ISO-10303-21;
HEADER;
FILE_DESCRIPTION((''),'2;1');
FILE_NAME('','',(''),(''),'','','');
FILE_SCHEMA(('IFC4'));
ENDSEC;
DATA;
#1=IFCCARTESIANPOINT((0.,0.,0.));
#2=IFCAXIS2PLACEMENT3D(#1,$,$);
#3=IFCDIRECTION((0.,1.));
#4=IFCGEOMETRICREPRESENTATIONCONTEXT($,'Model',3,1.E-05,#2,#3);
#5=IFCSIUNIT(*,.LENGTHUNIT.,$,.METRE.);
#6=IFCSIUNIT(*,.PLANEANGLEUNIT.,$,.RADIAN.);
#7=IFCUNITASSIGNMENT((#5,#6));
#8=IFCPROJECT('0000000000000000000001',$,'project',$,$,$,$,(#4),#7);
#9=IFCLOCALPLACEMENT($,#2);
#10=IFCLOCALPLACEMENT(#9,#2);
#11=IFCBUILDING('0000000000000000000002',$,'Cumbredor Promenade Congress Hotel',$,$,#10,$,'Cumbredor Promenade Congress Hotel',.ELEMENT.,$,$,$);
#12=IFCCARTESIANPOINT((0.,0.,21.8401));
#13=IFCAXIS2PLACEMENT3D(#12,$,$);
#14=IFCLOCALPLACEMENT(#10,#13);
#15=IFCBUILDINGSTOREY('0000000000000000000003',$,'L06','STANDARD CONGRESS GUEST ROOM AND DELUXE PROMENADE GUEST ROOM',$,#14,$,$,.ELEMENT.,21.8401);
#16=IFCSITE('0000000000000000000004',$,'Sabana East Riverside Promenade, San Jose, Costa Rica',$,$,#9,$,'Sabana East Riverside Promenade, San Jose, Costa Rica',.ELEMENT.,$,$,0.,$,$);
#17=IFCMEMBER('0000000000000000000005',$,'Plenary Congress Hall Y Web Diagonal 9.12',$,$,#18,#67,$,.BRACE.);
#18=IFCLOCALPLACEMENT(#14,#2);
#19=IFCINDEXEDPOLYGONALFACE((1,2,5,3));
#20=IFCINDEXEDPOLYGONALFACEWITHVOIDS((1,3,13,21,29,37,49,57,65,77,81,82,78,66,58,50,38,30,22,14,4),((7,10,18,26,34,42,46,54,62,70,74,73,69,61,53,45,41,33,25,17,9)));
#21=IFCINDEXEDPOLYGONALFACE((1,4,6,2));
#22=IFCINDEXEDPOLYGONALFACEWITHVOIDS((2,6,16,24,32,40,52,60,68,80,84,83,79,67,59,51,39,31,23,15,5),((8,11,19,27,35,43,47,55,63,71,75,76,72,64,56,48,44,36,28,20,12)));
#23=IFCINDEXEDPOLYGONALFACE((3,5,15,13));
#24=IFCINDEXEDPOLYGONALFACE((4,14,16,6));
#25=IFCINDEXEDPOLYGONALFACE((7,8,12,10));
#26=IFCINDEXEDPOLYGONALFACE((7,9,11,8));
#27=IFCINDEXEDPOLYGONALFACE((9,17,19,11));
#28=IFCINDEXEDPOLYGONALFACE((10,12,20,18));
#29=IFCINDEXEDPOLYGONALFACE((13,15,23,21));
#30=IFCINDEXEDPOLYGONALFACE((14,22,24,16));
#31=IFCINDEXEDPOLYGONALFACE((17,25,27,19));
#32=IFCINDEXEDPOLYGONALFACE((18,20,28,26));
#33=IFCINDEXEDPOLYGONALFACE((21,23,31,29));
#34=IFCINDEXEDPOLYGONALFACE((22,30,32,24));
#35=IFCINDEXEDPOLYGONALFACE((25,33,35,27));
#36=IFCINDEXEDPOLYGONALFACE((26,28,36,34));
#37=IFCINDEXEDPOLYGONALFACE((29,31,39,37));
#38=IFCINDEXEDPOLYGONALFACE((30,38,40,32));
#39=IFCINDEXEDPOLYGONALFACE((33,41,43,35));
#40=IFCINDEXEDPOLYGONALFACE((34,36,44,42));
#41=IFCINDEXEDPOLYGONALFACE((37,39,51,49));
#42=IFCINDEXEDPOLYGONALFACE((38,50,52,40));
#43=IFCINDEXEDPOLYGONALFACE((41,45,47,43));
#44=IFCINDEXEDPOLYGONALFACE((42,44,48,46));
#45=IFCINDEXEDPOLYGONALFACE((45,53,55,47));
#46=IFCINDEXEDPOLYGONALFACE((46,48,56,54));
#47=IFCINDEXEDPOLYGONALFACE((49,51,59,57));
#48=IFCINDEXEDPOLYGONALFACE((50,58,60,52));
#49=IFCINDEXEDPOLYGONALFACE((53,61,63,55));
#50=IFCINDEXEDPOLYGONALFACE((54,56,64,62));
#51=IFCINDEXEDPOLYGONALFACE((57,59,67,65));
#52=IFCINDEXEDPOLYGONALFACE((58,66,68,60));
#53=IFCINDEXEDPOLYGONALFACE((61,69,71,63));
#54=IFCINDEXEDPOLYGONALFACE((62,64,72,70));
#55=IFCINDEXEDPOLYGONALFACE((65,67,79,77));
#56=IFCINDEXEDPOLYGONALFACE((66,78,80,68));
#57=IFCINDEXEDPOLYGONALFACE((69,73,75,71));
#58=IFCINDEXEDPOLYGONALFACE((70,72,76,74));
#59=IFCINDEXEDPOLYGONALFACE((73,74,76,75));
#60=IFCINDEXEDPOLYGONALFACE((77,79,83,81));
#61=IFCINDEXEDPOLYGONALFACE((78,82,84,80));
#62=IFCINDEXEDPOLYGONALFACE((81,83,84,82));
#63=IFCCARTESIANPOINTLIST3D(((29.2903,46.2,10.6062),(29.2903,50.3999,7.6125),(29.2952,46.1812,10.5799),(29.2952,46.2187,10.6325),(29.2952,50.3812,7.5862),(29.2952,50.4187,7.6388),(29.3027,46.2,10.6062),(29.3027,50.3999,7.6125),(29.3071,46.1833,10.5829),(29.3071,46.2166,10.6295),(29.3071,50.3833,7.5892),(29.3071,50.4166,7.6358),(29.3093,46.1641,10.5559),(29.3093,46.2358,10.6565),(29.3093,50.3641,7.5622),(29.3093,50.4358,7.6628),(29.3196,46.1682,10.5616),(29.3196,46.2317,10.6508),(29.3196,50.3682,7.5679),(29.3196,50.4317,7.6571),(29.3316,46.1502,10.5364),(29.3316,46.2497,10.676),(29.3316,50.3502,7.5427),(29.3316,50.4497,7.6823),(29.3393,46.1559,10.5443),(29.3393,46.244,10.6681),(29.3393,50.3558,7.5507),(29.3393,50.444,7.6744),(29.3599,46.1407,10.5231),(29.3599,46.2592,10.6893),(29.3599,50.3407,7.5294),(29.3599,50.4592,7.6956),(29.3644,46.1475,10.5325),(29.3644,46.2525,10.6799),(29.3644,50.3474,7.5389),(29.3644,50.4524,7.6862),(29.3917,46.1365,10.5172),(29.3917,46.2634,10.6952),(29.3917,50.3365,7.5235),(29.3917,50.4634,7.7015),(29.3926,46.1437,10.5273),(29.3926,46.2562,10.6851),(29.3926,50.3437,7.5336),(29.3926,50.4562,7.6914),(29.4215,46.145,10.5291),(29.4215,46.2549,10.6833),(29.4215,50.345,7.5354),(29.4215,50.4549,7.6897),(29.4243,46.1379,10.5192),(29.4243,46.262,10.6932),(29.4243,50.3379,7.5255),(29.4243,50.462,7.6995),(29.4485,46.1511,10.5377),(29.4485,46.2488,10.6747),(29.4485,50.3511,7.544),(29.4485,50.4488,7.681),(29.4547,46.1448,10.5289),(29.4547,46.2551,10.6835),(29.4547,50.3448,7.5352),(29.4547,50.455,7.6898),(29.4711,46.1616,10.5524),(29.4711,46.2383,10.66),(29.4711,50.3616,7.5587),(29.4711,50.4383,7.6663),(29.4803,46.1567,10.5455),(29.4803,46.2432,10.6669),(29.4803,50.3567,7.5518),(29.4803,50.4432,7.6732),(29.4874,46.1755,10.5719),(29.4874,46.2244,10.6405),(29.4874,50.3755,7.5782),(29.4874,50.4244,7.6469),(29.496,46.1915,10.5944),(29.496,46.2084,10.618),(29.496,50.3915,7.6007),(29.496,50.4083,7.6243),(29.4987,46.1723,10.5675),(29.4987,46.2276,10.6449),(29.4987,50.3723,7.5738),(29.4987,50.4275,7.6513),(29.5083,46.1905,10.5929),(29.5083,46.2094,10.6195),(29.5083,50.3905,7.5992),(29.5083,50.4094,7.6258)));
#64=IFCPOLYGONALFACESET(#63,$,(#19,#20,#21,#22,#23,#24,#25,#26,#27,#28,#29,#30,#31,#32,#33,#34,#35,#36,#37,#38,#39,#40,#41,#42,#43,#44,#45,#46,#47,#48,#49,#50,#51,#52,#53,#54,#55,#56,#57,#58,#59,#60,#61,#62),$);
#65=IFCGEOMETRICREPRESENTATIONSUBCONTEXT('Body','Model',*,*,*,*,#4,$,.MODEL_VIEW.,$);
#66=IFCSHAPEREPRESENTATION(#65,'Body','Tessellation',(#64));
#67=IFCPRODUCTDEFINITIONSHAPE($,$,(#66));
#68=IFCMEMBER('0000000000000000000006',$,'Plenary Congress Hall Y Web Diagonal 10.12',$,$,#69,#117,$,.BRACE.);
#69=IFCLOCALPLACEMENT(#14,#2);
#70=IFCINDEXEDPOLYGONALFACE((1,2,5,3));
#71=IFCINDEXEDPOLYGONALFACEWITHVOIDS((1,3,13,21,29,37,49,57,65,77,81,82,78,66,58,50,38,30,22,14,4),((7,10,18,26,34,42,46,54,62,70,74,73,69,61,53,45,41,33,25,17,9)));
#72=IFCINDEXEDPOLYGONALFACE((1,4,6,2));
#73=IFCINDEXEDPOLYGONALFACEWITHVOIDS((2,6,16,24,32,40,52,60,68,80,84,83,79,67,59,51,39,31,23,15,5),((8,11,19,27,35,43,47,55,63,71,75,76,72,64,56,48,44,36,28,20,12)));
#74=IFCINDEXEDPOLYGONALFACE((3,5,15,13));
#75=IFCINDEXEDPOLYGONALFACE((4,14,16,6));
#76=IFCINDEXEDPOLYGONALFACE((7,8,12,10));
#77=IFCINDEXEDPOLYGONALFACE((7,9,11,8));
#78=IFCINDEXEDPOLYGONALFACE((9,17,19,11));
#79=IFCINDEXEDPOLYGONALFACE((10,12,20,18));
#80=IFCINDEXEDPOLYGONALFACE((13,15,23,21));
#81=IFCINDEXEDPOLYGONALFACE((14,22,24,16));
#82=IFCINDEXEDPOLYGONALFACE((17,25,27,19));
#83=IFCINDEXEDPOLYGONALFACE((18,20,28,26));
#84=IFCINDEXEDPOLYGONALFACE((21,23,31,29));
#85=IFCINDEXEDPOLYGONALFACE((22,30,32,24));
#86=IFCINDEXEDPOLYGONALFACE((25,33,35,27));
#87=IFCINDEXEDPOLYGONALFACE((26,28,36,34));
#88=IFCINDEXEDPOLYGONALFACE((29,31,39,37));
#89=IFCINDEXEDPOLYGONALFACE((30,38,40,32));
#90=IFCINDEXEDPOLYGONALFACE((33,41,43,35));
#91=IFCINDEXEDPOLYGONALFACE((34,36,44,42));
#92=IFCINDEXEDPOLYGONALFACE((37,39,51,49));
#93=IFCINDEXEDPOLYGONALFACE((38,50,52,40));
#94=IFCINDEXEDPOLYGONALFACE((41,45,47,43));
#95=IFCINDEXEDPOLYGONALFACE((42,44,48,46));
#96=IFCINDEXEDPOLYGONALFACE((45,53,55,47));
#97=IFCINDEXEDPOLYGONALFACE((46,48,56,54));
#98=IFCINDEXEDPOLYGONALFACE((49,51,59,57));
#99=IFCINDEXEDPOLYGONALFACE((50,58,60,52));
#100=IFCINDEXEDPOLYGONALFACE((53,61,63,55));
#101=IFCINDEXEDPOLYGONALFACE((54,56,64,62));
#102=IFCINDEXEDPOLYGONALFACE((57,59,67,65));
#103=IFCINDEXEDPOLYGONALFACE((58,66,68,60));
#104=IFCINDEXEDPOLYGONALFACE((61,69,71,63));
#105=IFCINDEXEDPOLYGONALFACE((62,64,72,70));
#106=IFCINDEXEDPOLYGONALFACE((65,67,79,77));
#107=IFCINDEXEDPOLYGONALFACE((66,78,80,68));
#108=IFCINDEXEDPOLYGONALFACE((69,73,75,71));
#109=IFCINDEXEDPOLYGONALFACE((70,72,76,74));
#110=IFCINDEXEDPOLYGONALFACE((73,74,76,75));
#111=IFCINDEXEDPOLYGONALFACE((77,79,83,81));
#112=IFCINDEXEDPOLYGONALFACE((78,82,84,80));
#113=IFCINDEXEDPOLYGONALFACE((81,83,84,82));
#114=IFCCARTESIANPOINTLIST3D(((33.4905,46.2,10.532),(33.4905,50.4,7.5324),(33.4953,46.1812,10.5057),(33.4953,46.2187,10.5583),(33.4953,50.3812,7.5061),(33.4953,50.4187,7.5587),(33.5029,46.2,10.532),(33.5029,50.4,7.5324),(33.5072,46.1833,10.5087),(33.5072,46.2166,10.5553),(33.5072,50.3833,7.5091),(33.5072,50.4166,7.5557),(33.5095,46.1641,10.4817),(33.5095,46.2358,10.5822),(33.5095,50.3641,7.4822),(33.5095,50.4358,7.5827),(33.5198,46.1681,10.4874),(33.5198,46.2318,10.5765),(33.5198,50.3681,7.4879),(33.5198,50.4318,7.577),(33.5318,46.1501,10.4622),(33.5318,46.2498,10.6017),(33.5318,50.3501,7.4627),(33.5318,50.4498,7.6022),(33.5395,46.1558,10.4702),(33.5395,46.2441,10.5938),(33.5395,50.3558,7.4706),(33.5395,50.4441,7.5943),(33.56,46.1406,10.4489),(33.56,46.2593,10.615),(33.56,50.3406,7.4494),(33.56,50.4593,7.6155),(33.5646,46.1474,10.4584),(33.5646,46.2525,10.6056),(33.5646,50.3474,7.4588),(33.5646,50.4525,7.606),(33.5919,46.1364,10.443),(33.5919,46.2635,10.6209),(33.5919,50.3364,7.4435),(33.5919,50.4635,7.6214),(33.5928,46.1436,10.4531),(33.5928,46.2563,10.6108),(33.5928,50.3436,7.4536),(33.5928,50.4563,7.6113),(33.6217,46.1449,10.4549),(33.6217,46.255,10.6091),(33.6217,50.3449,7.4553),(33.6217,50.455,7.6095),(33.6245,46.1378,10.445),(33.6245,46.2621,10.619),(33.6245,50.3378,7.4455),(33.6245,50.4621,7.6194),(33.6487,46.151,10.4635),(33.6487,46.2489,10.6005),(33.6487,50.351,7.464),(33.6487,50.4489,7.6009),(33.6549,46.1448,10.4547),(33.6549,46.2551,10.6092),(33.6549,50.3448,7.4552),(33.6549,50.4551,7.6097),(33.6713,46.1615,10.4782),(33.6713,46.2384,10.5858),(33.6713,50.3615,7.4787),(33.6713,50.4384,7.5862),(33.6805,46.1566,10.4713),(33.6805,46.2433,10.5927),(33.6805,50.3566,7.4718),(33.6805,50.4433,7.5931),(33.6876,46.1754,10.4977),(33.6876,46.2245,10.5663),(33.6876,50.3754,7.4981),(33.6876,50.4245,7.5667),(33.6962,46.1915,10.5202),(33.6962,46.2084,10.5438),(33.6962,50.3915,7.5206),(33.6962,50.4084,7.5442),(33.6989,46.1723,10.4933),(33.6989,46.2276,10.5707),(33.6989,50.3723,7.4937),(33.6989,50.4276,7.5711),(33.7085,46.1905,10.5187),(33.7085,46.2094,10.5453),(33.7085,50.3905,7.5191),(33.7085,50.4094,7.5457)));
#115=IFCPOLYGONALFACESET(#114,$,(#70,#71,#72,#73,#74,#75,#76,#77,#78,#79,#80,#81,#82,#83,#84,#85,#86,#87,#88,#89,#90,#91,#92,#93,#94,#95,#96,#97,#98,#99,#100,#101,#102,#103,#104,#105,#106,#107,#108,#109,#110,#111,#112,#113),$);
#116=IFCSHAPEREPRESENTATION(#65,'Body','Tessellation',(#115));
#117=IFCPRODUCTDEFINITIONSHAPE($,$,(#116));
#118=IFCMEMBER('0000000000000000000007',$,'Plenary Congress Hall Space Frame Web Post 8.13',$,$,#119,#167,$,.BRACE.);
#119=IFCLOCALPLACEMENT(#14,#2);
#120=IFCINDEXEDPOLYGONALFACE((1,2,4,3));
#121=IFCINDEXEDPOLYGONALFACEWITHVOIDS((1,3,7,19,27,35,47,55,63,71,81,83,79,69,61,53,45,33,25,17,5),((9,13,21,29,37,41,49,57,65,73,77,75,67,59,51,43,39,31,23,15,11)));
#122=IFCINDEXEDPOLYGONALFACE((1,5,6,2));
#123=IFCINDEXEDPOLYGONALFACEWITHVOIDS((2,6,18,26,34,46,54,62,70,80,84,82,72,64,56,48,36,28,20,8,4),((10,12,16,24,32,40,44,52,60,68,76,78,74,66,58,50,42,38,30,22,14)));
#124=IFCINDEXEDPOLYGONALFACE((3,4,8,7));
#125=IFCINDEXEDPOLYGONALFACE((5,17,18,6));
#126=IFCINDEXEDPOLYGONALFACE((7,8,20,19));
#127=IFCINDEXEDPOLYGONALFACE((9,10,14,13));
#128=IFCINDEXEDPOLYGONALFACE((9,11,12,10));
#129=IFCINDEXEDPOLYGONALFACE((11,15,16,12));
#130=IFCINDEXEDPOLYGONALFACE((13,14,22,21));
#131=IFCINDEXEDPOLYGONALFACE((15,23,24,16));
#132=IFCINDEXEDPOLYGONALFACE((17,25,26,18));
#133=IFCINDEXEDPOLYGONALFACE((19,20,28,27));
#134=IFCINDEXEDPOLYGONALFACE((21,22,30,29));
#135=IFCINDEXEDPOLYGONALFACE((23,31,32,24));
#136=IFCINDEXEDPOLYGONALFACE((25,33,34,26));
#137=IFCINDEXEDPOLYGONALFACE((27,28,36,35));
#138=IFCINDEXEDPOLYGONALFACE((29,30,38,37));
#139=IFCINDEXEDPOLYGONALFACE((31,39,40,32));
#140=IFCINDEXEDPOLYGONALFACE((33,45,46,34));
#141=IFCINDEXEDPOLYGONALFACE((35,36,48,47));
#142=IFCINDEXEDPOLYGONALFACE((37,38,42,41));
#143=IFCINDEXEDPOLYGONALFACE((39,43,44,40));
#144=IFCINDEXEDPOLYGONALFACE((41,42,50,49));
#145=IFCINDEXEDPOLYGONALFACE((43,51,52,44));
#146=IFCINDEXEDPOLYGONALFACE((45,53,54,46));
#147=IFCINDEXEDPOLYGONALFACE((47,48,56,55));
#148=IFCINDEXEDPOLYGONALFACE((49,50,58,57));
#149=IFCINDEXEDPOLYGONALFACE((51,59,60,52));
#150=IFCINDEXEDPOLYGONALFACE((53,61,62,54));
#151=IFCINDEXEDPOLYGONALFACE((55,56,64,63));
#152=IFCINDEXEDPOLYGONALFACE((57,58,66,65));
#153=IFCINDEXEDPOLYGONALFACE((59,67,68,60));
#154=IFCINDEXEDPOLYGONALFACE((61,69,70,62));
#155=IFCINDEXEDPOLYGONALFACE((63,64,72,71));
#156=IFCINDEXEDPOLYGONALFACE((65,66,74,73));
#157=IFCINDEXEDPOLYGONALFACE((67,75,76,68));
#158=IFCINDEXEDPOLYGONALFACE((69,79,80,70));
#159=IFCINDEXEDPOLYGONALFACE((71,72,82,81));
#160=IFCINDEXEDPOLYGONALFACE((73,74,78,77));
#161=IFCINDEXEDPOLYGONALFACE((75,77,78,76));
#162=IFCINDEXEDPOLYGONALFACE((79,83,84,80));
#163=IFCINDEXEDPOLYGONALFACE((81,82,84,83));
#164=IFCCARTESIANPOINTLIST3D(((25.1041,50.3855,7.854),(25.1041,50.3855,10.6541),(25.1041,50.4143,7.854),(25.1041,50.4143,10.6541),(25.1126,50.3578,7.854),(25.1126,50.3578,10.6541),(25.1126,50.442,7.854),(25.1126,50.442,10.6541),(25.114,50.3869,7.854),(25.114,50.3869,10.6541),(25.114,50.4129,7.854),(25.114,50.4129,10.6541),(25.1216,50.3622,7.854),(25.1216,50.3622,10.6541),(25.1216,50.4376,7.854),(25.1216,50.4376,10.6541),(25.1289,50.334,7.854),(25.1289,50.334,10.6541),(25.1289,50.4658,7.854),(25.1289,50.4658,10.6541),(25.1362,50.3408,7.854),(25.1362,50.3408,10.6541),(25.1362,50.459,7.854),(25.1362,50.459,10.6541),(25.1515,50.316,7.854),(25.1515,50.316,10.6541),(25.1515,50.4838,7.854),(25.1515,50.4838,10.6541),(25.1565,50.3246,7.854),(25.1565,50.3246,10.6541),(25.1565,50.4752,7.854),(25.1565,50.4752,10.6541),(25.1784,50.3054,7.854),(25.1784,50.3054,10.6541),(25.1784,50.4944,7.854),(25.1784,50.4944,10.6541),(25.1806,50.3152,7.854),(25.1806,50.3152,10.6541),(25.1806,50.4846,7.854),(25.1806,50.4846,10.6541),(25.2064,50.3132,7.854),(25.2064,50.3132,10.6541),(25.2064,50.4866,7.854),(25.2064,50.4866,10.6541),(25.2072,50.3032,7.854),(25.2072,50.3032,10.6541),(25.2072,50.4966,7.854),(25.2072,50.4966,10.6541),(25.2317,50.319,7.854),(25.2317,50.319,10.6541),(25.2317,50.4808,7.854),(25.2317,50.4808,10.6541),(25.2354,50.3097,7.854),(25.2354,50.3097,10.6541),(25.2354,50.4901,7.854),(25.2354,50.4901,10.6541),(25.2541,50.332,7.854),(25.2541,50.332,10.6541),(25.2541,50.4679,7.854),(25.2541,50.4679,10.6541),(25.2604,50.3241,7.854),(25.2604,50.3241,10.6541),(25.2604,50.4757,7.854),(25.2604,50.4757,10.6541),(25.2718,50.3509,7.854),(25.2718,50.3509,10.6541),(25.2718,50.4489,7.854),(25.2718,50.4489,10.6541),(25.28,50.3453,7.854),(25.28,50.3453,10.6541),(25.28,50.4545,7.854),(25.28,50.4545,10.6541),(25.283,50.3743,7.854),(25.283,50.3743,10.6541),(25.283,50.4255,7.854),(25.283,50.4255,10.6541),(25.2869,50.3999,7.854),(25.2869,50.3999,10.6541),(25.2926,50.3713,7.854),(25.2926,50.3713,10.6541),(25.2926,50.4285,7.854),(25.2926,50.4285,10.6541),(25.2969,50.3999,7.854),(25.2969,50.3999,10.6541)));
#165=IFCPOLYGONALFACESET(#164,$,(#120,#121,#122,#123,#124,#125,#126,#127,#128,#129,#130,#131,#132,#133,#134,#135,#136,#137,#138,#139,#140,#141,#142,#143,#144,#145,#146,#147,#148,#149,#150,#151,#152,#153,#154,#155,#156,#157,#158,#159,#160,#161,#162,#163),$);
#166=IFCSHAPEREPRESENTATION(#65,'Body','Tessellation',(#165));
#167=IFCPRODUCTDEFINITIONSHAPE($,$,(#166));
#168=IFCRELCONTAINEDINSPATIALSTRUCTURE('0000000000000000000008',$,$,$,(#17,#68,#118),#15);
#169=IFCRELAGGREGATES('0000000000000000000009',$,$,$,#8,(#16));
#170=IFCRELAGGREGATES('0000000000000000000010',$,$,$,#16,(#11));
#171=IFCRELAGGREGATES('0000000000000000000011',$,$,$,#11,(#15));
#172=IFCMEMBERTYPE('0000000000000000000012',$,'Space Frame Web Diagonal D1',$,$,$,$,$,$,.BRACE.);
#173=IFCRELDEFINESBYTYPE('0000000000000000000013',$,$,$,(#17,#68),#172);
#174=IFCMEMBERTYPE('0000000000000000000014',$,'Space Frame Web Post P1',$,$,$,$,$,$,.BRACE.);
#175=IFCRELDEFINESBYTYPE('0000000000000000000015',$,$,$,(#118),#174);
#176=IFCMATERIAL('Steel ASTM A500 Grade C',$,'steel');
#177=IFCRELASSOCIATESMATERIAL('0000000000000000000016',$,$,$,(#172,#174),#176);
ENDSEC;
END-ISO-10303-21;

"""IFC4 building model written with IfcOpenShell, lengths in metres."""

from ifc_helpers import new_model, si_unit, direction, frame, origin, origin_2d, place, context, subcontext, project, spatial, hollow_circle, extrude, material, material_profile, profile_set, type_object, element, save


model = new_model("IFC4")

# Units and contexts
model_context = context("Model", 3, precision=1e-05, world=origin(), true_north=direction((0.0, 1.0)))
body_context = subcontext(model_context, "Body", "Model", "MODEL_VIEW")
ifc_project = project(units=[si_unit("LENGTHUNIT", "METRE"), si_unit("PLANEANGLEUNIT", "RADIAN")], contexts=[model_context])

# Site, building, storey
site_placement = place(None, origin())
site = spatial("IfcSite", under=ifc_project, at=site_placement, Name="Sabana East Riverside Promenade, San Jose, Costa Rica", LongName="Sabana East Riverside Promenade, San Jose, Costa Rica", CompositionType="ELEMENT", RefElevation=0.0)
building_placement = place(site_placement, origin())
building = spatial("IfcBuilding", under=site, at=building_placement, Name="Cumbredor Promenade Congress Hotel", LongName="Cumbredor Promenade Congress Hotel", CompositionType="ELEMENT")
storey_placement = place(building_placement, frame((0.0, 0.0, 21.8401)))
storey = spatial("IfcBuildingStorey", under=building, at=storey_placement, Name="L06", Description="STANDARD CONGRESS GUEST ROOM AND DELUXE PROMENADE GUEST ROOM", CompositionType="ELEMENT", Elevation=21.8401)

# Members
ifc_material_1 = material(Name="Steel ASTM A500 Grade C", Category="steel")
ifc_material_profile_1 = material_profile(ifc_material_1, hollow_circle(Radius=0.1096, WallThickness=0.0125, at=origin_2d()), Name="CHS 219.1x12.5")
ifc_profile_set_1 = profile_set([ifc_material_profile_1], Name="Steel ASTM A500 Grade C")
member_type_1 = type_object("IfcMemberType", Name="Space Frame Web Diagonal D1", PredefinedType="BRACE", material=ifc_profile_set_1)
member_1_placement = place(storey_placement, frame((29.3999, 46.2, 10.6062), z_axis=(0.0, 0.814312, -0.580427), x_axis=(-1.0, 0.0, 0.0)))
element("IfcMember", 1, at=member_1_placement, inside=storey, type_object=member_type_1, Name="Plenary Congress Hall Y Web Diagonal 9.12", PredefinedType="BRACE", context=body_context, shape_type="SweptSolid", body=[
    extrude(hollow_circle(Radius=0.1096, WallThickness=0.0125, at=origin_2d()), origin(), (0.0, 0.0, 1.0), 5.1577),
])
member_2_placement = place(storey_placement, frame((33.6001, 46.2, 10.532), z_axis=(0.0, 0.813775, -0.58118), x_axis=(-1.0, 0.0, 0.0)))
element("IfcMember", 2, at=member_2_placement, inside=storey, type_object=member_type_1, Name="Plenary Congress Hall Y Web Diagonal 10.12", PredefinedType="BRACE", context=body_context, shape_type="SweptSolid", body=[
    extrude(hollow_circle(Radius=0.1096, WallThickness=0.0125, at=origin_2d()), origin(), (0.0, 0.0, 1.0), 5.1611),
])
ifc_material_profile_2 = material_profile(ifc_material_1, hollow_circle(Radius=0.0969, WallThickness=0.01, at=origin_2d()), Name="CHS 193.7x10")
ifc_profile_set_2 = profile_set([ifc_material_profile_2], Name="Steel ASTM A500 Grade C")
member_type_2 = type_object("IfcMemberType", Name="Space Frame Web Post P1", PredefinedType="BRACE", material=ifc_profile_set_2)
for number, where, z_axis, x_axis, name in (
    (3, (25.2, 50.3999, 7.854), (0.0, 0.0, 1.0), (1.0, 0.0, 0.0), "Plenary Congress Hall Space Frame Web Post 8.13"),
):
    element("IfcMember", number, at=place(storey_placement, frame(where, z_axis=z_axis, x_axis=x_axis)), inside=storey, type_object=member_type_2, Name=name, PredefinedType="BRACE", context=body_context, shape_type="SweptSolid", body=[
        extrude(hollow_circle(Radius=0.0969, WallThickness=0.01, at=origin_2d()), origin(), (0.0, 0.0, 1.0), 2.8),
    ])

save(model, "model.ifc")
